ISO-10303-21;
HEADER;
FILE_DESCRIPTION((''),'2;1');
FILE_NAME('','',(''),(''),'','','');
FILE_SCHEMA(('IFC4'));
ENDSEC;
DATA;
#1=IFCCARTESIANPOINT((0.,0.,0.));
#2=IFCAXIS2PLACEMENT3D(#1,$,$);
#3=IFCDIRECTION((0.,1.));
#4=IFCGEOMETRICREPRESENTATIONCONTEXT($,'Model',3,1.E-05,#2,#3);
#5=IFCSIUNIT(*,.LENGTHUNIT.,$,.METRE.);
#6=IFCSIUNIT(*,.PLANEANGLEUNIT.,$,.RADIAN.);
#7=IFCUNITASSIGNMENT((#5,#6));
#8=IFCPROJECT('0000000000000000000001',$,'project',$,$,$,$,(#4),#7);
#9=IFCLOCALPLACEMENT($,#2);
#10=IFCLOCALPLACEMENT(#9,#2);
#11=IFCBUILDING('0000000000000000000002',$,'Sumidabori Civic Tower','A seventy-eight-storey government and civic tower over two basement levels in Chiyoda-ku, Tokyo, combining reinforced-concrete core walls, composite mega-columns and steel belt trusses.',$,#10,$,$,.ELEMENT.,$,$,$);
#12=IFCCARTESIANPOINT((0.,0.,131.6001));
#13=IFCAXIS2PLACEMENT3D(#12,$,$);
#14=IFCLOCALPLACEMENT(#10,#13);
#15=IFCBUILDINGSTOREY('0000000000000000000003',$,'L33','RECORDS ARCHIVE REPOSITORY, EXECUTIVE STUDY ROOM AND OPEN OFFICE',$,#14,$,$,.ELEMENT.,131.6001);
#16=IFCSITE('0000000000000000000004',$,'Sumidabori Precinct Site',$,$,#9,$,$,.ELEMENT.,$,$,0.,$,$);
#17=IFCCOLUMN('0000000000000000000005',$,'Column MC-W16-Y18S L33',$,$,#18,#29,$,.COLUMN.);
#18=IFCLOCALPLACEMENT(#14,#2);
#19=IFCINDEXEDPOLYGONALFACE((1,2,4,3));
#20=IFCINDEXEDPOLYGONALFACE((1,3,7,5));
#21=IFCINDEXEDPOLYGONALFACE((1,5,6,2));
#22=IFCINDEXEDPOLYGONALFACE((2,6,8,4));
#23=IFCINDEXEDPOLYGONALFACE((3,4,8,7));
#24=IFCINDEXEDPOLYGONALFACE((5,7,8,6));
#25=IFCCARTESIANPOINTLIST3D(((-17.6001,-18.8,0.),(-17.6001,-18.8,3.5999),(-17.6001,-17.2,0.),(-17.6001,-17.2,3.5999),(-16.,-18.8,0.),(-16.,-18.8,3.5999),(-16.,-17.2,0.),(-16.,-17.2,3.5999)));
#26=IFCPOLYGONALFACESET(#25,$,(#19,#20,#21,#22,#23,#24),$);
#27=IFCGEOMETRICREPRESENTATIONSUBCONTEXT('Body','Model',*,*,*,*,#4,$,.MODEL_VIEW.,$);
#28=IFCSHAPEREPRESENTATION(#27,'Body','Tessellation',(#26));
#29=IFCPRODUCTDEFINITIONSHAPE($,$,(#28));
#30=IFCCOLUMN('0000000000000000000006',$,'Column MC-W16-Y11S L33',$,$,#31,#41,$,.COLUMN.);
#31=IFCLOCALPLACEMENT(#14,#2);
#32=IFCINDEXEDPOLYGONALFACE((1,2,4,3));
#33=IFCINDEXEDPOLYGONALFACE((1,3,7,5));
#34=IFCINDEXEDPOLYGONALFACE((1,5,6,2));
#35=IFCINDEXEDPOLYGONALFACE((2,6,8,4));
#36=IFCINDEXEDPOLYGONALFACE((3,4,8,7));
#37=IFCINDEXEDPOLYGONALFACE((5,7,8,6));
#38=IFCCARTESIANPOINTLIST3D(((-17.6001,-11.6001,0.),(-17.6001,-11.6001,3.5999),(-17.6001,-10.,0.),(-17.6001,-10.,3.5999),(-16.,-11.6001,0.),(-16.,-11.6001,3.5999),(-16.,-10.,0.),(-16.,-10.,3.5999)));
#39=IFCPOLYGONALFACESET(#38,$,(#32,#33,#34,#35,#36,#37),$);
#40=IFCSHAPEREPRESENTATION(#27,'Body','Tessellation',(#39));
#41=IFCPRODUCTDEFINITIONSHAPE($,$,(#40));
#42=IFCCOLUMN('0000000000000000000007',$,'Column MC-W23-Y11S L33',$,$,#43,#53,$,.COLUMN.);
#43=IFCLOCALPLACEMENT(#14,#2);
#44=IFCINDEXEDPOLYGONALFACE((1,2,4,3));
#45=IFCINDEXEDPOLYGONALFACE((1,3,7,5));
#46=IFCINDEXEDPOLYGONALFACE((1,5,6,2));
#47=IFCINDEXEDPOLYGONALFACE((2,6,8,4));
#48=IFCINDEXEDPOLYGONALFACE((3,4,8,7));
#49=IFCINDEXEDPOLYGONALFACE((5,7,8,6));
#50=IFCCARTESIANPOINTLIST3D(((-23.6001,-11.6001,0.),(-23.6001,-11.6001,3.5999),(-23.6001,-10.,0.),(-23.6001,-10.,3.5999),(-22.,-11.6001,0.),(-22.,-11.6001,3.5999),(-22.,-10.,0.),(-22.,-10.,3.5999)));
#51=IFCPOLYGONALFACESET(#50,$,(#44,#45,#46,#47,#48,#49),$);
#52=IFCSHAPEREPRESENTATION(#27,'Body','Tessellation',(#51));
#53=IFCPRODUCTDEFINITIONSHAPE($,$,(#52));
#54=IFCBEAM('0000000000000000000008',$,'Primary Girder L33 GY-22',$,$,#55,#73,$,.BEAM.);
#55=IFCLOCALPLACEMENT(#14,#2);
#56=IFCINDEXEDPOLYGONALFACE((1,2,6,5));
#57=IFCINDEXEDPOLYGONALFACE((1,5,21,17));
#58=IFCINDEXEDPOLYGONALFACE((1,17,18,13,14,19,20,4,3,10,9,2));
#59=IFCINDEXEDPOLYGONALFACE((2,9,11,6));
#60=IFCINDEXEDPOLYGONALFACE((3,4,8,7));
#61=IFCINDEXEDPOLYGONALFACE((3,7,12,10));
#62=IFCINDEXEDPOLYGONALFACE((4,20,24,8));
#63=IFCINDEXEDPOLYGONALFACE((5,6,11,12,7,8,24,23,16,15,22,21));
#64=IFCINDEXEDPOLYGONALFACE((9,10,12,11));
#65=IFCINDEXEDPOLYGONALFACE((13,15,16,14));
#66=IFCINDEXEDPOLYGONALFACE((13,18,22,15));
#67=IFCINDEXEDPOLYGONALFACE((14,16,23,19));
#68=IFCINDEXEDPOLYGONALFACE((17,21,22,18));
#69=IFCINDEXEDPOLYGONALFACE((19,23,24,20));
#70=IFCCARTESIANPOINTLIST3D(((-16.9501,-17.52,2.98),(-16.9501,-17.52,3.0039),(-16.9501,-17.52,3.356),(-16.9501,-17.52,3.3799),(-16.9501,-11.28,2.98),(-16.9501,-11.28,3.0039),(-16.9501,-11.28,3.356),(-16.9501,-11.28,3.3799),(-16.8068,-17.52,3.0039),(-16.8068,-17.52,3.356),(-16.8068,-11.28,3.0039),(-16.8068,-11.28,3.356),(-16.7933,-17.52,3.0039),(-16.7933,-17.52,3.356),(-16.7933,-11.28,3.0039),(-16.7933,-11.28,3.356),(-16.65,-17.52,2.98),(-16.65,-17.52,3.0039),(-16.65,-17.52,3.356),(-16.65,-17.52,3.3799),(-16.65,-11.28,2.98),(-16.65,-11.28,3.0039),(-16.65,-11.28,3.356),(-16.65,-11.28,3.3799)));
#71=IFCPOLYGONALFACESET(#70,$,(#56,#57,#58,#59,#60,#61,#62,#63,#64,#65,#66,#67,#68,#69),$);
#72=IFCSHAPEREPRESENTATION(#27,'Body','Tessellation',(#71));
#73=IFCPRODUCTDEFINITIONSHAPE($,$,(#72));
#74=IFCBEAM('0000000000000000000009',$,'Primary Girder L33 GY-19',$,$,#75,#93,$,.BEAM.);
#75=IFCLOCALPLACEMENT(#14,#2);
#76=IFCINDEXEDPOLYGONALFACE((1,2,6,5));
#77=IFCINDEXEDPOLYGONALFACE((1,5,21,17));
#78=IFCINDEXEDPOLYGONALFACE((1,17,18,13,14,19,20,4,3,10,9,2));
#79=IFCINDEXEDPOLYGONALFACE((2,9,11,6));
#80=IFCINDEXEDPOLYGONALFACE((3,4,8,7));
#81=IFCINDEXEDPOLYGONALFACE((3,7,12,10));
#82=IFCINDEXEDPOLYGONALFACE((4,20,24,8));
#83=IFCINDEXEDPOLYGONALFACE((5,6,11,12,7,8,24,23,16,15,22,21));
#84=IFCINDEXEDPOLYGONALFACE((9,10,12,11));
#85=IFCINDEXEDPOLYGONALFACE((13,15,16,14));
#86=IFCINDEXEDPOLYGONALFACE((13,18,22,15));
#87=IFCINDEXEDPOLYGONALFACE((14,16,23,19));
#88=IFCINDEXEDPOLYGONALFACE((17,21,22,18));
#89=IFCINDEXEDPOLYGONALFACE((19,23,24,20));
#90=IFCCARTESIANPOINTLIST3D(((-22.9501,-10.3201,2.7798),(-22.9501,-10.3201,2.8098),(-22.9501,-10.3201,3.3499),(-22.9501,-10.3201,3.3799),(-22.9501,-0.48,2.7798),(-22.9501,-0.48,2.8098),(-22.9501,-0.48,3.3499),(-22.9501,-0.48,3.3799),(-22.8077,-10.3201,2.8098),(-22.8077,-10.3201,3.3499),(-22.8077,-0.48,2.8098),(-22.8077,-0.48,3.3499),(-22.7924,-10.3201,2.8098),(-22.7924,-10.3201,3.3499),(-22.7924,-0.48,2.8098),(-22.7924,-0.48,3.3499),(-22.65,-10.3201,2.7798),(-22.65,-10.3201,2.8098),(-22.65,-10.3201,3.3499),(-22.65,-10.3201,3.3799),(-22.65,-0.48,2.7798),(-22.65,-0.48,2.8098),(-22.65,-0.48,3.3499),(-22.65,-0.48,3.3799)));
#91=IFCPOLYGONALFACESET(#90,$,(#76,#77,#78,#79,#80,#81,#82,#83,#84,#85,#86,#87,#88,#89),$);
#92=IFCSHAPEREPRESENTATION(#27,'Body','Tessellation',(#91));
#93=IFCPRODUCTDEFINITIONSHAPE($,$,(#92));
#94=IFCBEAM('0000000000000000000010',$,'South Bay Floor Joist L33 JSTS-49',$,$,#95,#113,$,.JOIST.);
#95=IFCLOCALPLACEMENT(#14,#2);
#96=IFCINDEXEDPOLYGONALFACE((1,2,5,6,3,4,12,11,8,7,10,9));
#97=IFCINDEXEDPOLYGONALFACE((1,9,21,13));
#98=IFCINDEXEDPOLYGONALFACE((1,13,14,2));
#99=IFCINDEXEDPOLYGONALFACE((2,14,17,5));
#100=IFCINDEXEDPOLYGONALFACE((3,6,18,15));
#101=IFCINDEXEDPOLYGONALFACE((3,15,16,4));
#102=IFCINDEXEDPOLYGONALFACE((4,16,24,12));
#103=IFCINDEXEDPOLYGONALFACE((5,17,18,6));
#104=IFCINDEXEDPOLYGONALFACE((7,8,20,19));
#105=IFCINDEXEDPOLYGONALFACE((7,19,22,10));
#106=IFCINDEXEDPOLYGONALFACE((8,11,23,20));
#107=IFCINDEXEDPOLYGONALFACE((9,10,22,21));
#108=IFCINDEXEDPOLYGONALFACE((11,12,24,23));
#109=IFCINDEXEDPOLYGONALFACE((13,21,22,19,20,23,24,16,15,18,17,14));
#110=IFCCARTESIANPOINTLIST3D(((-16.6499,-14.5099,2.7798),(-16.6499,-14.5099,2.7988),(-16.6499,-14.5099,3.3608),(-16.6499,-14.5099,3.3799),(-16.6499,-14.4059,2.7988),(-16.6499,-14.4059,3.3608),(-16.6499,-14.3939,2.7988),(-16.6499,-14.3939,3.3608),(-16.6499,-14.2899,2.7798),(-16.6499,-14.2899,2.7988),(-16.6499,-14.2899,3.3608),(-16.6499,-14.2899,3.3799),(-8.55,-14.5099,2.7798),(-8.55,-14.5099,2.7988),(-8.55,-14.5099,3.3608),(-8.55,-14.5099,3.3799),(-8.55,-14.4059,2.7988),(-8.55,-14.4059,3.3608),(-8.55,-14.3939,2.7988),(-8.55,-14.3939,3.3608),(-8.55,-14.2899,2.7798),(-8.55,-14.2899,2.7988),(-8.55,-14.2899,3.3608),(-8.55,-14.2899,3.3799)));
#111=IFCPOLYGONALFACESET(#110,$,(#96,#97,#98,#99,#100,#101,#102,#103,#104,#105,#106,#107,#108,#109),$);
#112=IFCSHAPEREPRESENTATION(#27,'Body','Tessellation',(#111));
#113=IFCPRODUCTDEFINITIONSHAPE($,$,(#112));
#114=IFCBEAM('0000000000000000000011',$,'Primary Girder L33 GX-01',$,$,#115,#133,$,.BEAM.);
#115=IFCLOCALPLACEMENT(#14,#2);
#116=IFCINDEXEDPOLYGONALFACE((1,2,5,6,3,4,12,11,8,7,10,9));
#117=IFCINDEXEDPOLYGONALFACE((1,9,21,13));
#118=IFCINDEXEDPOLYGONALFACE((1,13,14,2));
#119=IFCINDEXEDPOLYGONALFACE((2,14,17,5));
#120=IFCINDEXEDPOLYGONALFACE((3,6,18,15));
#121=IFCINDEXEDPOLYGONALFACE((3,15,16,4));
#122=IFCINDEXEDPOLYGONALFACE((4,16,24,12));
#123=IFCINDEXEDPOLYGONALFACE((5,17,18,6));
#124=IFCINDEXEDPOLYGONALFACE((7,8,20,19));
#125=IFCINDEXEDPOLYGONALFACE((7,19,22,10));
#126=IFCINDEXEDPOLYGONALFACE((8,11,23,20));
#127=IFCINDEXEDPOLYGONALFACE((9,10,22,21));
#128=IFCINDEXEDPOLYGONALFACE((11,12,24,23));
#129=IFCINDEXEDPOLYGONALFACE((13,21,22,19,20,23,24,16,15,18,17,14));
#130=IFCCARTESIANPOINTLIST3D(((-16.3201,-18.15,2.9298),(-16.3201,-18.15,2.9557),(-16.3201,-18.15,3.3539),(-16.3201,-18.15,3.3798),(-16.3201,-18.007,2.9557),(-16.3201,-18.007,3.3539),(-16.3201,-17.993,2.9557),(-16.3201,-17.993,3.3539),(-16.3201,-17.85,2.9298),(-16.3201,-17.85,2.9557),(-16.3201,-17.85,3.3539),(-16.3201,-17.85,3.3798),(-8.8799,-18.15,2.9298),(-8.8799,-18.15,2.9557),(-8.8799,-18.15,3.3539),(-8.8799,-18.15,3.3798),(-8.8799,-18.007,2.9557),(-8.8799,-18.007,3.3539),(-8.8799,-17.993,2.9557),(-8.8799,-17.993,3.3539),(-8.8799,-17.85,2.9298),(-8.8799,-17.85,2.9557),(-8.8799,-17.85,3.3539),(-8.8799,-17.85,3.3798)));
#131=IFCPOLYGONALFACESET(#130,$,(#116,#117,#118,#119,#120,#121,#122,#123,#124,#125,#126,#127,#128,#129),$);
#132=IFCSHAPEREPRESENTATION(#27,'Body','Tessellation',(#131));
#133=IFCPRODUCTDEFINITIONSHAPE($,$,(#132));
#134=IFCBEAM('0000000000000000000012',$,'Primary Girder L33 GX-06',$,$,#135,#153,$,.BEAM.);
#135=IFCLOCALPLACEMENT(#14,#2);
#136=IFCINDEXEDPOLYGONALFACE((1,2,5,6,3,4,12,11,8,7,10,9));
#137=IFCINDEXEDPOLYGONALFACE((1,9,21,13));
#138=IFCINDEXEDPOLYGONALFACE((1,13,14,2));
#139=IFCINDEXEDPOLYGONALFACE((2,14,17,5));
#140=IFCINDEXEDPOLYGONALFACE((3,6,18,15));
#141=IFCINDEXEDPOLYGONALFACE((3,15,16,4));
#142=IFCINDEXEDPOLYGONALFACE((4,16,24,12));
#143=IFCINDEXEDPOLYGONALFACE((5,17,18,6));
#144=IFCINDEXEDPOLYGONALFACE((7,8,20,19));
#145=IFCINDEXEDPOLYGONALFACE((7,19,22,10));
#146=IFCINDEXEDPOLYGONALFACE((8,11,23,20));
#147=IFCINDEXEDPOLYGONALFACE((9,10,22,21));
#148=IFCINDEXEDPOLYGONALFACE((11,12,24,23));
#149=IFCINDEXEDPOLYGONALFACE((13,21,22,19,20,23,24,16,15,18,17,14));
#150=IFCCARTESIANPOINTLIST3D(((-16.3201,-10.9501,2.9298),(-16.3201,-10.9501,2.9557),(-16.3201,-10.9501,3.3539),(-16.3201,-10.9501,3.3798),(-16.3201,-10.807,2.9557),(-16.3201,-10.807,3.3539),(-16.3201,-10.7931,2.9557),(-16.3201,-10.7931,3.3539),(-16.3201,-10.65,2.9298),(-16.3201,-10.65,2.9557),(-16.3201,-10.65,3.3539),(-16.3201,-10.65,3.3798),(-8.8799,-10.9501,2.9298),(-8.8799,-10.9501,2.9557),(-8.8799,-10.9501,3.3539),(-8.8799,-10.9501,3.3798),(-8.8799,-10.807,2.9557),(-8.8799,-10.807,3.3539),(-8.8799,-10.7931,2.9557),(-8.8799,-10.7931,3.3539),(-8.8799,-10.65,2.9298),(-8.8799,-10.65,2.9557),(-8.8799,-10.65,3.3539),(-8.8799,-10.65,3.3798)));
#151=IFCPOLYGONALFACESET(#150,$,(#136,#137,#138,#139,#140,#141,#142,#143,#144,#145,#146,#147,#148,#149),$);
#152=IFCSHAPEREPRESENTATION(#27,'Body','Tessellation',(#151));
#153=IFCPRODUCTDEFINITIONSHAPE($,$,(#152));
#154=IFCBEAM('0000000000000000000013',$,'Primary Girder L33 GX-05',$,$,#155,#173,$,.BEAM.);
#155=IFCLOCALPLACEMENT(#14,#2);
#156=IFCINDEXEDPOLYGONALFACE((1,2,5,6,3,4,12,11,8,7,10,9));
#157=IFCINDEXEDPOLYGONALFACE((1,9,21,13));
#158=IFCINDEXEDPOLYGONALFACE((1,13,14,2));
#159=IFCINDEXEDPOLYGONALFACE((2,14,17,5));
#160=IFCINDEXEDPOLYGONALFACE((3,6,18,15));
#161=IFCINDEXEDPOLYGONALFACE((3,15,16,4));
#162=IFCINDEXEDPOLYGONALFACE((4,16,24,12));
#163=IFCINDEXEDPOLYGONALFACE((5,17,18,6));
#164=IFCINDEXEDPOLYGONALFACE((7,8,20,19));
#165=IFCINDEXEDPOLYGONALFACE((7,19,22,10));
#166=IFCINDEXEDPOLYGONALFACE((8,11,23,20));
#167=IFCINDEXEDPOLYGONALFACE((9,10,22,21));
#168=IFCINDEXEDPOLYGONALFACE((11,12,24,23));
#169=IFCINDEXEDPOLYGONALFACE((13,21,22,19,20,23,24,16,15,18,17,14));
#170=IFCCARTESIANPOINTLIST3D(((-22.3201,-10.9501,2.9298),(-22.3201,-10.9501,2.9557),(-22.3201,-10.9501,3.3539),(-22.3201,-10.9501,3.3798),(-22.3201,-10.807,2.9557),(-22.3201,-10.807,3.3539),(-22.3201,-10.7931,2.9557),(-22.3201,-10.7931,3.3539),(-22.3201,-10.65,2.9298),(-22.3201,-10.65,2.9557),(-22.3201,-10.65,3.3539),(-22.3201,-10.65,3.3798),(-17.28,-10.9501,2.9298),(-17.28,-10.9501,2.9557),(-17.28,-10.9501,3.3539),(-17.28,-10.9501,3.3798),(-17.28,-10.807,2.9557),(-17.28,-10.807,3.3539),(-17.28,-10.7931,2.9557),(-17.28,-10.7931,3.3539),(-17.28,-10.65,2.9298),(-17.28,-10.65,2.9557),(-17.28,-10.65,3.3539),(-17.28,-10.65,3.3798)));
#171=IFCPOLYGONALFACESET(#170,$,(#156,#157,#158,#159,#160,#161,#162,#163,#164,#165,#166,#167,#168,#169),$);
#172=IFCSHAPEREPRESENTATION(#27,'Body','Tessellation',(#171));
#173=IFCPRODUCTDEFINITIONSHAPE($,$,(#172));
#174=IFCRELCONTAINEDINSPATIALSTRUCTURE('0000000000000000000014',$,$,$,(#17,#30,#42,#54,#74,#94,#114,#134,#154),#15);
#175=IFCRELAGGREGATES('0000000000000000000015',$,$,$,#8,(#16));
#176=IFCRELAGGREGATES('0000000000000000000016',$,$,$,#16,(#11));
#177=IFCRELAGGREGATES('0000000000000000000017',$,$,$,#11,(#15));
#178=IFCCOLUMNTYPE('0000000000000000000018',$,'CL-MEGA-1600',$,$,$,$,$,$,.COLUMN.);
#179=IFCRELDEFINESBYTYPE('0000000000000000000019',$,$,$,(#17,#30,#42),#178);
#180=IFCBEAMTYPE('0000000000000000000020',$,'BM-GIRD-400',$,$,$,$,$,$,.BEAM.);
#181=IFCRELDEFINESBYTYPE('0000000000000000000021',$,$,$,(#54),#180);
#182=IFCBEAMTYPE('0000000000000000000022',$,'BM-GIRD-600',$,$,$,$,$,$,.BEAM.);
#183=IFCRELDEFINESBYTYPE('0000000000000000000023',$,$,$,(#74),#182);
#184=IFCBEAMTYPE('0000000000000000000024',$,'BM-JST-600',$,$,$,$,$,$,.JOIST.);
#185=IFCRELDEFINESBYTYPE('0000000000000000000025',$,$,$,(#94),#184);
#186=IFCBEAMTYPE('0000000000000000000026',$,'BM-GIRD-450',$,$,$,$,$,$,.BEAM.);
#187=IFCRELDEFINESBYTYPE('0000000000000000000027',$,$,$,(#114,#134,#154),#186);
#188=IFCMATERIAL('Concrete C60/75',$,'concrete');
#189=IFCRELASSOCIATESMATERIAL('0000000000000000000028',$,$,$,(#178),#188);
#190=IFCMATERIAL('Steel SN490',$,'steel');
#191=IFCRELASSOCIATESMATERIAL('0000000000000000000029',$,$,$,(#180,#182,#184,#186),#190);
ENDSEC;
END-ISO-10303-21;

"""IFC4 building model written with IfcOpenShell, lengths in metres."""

from ifc_helpers import new_model, si_unit, direction, frame, origin, origin_2d, place, context, subcontext, project, spatial, rectangle, i_section, extrude, source, transform, mapped, material, material_profile, profile_set, type_object, element, save


model = new_model("IFC4")

# Units and contexts
model_context = context("Model", 3, precision=1e-05, world=origin(), true_north=direction((0.0, 1.0)))
body_context = subcontext(model_context, "Body", "Model", "MODEL_VIEW")
ifc_project = project(units=[si_unit("LENGTHUNIT", "METRE"), si_unit("PLANEANGLEUNIT", "RADIAN")], contexts=[model_context])

# Site, building, storey
site_placement = place(None, origin())
site = spatial("IfcSite", under=ifc_project, at=site_placement, Name="Sumidabori Precinct Site", CompositionType="ELEMENT", RefElevation=0.0)
building_placement = place(site_placement, origin())
building = spatial("IfcBuilding", under=site, at=building_placement, Name="Sumidabori Civic Tower", Description="A seventy-eight-storey government and civic tower over two basement levels in Chiyoda-ku, Tokyo, combining reinforced-concrete core walls, composite mega-columns and steel belt trusses.", CompositionType="ELEMENT")
storey_placement = place(building_placement, frame((0.0, 0.0, 131.6001)))
storey = spatial("IfcBuildingStorey", under=building, at=storey_placement, Name="L33", Description="RECORDS ARCHIVE REPOSITORY, EXECUTIVE STUDY ROOM AND OPEN OFFICE", CompositionType="ELEMENT", Elevation=131.6001)

# Columns
ifc_material_1 = material(Name="Concrete C60/75", Category="concrete")
ifc_material_profile_1 = material_profile(ifc_material_1, rectangle(XDim=1.6001, YDim=1.6001, at=origin_2d()), Name="RC 1600x1600")
ifc_profile_set_1 = profile_set([ifc_material_profile_1], Name="Concrete C60/75")
column_type = type_object("IfcColumnType", Name="CL-MEGA-1600", PredefinedType="COLUMN", material=ifc_profile_set_1)
shared_shape_1 = source(origin(), body_context, "Body", "SweptSolid", [
    extrude(rectangle(XDim=1.6001, YDim=1.6001, at=origin_2d()), origin(), (0.0, 0.0, 1.0), 3.5999),
])
for number, where, z_axis, x_axis, name in (
    (1, (-16.8, -18.0, 0.0), (0.0, 0.0, 1.0), (1.0, 0.0, 0.0), "Column MC-W16-Y18S L33"),
    (2, (-16.8, -10.8, 0.0), (0.0, 0.0, 1.0), (1.0, 0.0, 0.0), "Column MC-W16-Y11S L33"),
    (3, (-22.8, -10.8, 0.0), (0.0, 0.0, 1.0), (1.0, 0.0, 0.0), "Column MC-W23-Y11S L33"),
):
    element("IfcColumn", number, at=place(storey_placement, frame(where, z_axis=z_axis, x_axis=x_axis)), inside=storey, type_object=column_type, Name=name, PredefinedType="COLUMN", context=body_context, shape_type="MappedRepresentation", body=[
        mapped(shared_shape_1, transform((0.0, 0.0, 0.0), x_axis=(1.0, 0.0, 0.0), y_axis=(0.0, 1.0, 0.0), z_axis=(0.0, 0.0, 1.0), scale=1.0)),
    ])

# Beams
ifc_material_2 = material(Name="Steel SN490", Category="steel")
ifc_material_profile_2 = material_profile(ifc_material_2, i_section(OverallWidth=0.3, OverallDepth=0.3999, WebThickness=0.0134, FlangeThickness=0.0239, at=origin_2d()), Name="HE 400 B")
ifc_profile_set_2 = profile_set([ifc_material_profile_2], Name="Steel SN490")
beam_type_1 = type_object("IfcBeamType", Name="BM-GIRD-400", PredefinedType="BEAM", material=ifc_profile_set_2)
shared_shape_2 = source(origin(), body_context, "Body", "SweptSolid", [
    extrude(i_section(OverallWidth=0.3, OverallDepth=0.3999, WebThickness=0.0134, FlangeThickness=0.0239, at=origin_2d()), origin(), (0.0, 0.0, 1.0), 6.24),
])
beam_1_placement = place(storey_placement, frame((-16.8, -17.52, 3.1799), z_axis=(0.0, 1.0, 0.0), x_axis=(-1.0, 0.0, 0.0)))
element("IfcBeam", 4, at=beam_1_placement, inside=storey, type_object=beam_type_1, Name="Primary Girder L33 GY-22", PredefinedType="BEAM", context=body_context, shape_type="MappedRepresentation", body=[
    mapped(shared_shape_2, transform((0.0, 0.0, 0.0), x_axis=(1.0, 0.0, 0.0), y_axis=(0.0, 1.0, 0.0), z_axis=(0.0, 0.0, 1.0), scale=1.0)),
])
ifc_material_profile_3 = material_profile(ifc_material_2, i_section(OverallWidth=0.3, OverallDepth=0.6001, WebThickness=0.0154, FlangeThickness=0.03, at=origin_2d()), Name="HE 600 B")
ifc_profile_set_3 = profile_set([ifc_material_profile_3], Name="Steel SN490")
beam_type_2 = type_object("IfcBeamType", Name="BM-GIRD-600", PredefinedType="BEAM", material=ifc_profile_set_3)
shared_shape_3 = source(origin(), body_context, "Body", "SweptSolid", [
    extrude(i_section(OverallWidth=0.3, OverallDepth=0.6001, WebThickness=0.0154, FlangeThickness=0.03, at=origin_2d()), origin(), (0.0, 0.0, 1.0), 9.8401),
])
beam_2_placement = place(storey_placement, frame((-22.8, -10.3201, 3.0798), z_axis=(0.0, 1.0, 0.0), x_axis=(-1.0, 0.0, 0.0)))
element("IfcBeam", 5, at=beam_2_placement, inside=storey, type_object=beam_type_2, Name="Primary Girder L33 GY-19", PredefinedType="BEAM", context=body_context, shape_type="MappedRepresentation", body=[
    mapped(shared_shape_3, transform((0.0, 0.0, 0.0), x_axis=(1.0, 0.0, 0.0), y_axis=(0.0, 1.0, 0.0), z_axis=(0.0, 0.0, 1.0), scale=1.0)),
])
ifc_material_profile_4 = material_profile(ifc_material_2, i_section(OverallWidth=0.22, OverallDepth=0.6001, WebThickness=0.012, FlangeThickness=0.019, at=origin_2d()), Name="IPE 600")
ifc_profile_set_4 = profile_set([ifc_material_profile_4], Name="Steel SN490")
beam_type_3 = type_object("IfcBeamType", Name="BM-JST-600", PredefinedType="JOIST", material=ifc_profile_set_4)
shared_shape_4 = source(origin(), body_context, "Body", "SweptSolid", [
    extrude(i_section(OverallWidth=0.22, OverallDepth=0.6001, WebThickness=0.012, FlangeThickness=0.019, at=origin_2d()), origin(), (0.0, 0.0, 1.0), 8.0999),
])
beam_3_placement = place(storey_placement, frame((-16.6499, -14.3999, 3.0798), z_axis=(1.0, 0.0, 0.0), x_axis=(0.0, 1.0, 0.0)))
element("IfcBeam", 6, at=beam_3_placement, inside=storey, type_object=beam_type_3, Name="South Bay Floor Joist L33 JSTS-49", PredefinedType="JOIST", context=body_context, shape_type="MappedRepresentation", body=[
    mapped(shared_shape_4, transform((0.0, 0.0, 0.0), x_axis=(1.0, 0.0, 0.0), y_axis=(0.0, 1.0, 0.0), z_axis=(0.0, 0.0, 1.0), scale=1.0)),
])
ifc_material_profile_5 = material_profile(ifc_material_2, i_section(OverallWidth=0.3, OverallDepth=0.45, WebThickness=0.0139, FlangeThickness=0.0259, at=origin_2d()), Name="HE 450 B")
ifc_profile_set_5 = profile_set([ifc_material_profile_5], Name="Steel SN490")
beam_type_4 = type_object("IfcBeamType", Name="BM-GIRD-450", PredefinedType="BEAM", material=ifc_profile_set_5)
shared_shape_5 = source(origin(), body_context, "Body", "SweptSolid", [
    extrude(i_section(OverallWidth=0.3, OverallDepth=0.45, WebThickness=0.0139, FlangeThickness=0.0259, at=origin_2d()), origin(), (0.0, 0.0, 1.0), 7.4402),
])
for number, where, z_axis, x_axis, name in (
    (7, (-16.3201, -18.0, 3.1548), (1.0, 0.0, 0.0), (0.0, 1.0, 0.0), "Primary Girder L33 GX-01"),
    (8, (-16.3201, -10.8, 3.1548), (1.0, 0.0, 0.0), (0.0, 1.0, 0.0), "Primary Girder L33 GX-06"),
):
    element("IfcBeam", number, at=place(storey_placement, frame(where, z_axis=z_axis, x_axis=x_axis)), inside=storey, type_object=beam_type_4, Name=name, PredefinedType="BEAM", context=body_context, shape_type="MappedRepresentation", body=[
        mapped(shared_shape_5, transform((0.0, 0.0, 0.0), x_axis=(1.0, 0.0, 0.0), y_axis=(0.0, 1.0, 0.0), z_axis=(0.0, 0.0, 1.0), scale=1.0)),
    ])
shared_shape_6 = source(origin(), body_context, "Body", "SweptSolid", [
    extrude(i_section(OverallWidth=0.3, OverallDepth=0.45, WebThickness=0.0139, FlangeThickness=0.0259, at=origin_2d()), origin(), (0.0, 0.0, 1.0), 5.04),
])
beam_4_placement = place(storey_placement, frame((-22.3201, -10.8, 3.1548), z_axis=(1.0, 0.0, 0.0), x_axis=(0.0, 1.0, 0.0)))
element("IfcBeam", 9, at=beam_4_placement, inside=storey, type_object=beam_type_4, Name="Primary Girder L33 GX-05", PredefinedType="BEAM", context=body_context, shape_type="MappedRepresentation", body=[
    mapped(shared_shape_6, transform((0.0, 0.0, 0.0), x_axis=(1.0, 0.0, 0.0), y_axis=(0.0, 1.0, 0.0), z_axis=(0.0, 0.0, 1.0), scale=1.0)),
])

save(model, "model.ifc")
